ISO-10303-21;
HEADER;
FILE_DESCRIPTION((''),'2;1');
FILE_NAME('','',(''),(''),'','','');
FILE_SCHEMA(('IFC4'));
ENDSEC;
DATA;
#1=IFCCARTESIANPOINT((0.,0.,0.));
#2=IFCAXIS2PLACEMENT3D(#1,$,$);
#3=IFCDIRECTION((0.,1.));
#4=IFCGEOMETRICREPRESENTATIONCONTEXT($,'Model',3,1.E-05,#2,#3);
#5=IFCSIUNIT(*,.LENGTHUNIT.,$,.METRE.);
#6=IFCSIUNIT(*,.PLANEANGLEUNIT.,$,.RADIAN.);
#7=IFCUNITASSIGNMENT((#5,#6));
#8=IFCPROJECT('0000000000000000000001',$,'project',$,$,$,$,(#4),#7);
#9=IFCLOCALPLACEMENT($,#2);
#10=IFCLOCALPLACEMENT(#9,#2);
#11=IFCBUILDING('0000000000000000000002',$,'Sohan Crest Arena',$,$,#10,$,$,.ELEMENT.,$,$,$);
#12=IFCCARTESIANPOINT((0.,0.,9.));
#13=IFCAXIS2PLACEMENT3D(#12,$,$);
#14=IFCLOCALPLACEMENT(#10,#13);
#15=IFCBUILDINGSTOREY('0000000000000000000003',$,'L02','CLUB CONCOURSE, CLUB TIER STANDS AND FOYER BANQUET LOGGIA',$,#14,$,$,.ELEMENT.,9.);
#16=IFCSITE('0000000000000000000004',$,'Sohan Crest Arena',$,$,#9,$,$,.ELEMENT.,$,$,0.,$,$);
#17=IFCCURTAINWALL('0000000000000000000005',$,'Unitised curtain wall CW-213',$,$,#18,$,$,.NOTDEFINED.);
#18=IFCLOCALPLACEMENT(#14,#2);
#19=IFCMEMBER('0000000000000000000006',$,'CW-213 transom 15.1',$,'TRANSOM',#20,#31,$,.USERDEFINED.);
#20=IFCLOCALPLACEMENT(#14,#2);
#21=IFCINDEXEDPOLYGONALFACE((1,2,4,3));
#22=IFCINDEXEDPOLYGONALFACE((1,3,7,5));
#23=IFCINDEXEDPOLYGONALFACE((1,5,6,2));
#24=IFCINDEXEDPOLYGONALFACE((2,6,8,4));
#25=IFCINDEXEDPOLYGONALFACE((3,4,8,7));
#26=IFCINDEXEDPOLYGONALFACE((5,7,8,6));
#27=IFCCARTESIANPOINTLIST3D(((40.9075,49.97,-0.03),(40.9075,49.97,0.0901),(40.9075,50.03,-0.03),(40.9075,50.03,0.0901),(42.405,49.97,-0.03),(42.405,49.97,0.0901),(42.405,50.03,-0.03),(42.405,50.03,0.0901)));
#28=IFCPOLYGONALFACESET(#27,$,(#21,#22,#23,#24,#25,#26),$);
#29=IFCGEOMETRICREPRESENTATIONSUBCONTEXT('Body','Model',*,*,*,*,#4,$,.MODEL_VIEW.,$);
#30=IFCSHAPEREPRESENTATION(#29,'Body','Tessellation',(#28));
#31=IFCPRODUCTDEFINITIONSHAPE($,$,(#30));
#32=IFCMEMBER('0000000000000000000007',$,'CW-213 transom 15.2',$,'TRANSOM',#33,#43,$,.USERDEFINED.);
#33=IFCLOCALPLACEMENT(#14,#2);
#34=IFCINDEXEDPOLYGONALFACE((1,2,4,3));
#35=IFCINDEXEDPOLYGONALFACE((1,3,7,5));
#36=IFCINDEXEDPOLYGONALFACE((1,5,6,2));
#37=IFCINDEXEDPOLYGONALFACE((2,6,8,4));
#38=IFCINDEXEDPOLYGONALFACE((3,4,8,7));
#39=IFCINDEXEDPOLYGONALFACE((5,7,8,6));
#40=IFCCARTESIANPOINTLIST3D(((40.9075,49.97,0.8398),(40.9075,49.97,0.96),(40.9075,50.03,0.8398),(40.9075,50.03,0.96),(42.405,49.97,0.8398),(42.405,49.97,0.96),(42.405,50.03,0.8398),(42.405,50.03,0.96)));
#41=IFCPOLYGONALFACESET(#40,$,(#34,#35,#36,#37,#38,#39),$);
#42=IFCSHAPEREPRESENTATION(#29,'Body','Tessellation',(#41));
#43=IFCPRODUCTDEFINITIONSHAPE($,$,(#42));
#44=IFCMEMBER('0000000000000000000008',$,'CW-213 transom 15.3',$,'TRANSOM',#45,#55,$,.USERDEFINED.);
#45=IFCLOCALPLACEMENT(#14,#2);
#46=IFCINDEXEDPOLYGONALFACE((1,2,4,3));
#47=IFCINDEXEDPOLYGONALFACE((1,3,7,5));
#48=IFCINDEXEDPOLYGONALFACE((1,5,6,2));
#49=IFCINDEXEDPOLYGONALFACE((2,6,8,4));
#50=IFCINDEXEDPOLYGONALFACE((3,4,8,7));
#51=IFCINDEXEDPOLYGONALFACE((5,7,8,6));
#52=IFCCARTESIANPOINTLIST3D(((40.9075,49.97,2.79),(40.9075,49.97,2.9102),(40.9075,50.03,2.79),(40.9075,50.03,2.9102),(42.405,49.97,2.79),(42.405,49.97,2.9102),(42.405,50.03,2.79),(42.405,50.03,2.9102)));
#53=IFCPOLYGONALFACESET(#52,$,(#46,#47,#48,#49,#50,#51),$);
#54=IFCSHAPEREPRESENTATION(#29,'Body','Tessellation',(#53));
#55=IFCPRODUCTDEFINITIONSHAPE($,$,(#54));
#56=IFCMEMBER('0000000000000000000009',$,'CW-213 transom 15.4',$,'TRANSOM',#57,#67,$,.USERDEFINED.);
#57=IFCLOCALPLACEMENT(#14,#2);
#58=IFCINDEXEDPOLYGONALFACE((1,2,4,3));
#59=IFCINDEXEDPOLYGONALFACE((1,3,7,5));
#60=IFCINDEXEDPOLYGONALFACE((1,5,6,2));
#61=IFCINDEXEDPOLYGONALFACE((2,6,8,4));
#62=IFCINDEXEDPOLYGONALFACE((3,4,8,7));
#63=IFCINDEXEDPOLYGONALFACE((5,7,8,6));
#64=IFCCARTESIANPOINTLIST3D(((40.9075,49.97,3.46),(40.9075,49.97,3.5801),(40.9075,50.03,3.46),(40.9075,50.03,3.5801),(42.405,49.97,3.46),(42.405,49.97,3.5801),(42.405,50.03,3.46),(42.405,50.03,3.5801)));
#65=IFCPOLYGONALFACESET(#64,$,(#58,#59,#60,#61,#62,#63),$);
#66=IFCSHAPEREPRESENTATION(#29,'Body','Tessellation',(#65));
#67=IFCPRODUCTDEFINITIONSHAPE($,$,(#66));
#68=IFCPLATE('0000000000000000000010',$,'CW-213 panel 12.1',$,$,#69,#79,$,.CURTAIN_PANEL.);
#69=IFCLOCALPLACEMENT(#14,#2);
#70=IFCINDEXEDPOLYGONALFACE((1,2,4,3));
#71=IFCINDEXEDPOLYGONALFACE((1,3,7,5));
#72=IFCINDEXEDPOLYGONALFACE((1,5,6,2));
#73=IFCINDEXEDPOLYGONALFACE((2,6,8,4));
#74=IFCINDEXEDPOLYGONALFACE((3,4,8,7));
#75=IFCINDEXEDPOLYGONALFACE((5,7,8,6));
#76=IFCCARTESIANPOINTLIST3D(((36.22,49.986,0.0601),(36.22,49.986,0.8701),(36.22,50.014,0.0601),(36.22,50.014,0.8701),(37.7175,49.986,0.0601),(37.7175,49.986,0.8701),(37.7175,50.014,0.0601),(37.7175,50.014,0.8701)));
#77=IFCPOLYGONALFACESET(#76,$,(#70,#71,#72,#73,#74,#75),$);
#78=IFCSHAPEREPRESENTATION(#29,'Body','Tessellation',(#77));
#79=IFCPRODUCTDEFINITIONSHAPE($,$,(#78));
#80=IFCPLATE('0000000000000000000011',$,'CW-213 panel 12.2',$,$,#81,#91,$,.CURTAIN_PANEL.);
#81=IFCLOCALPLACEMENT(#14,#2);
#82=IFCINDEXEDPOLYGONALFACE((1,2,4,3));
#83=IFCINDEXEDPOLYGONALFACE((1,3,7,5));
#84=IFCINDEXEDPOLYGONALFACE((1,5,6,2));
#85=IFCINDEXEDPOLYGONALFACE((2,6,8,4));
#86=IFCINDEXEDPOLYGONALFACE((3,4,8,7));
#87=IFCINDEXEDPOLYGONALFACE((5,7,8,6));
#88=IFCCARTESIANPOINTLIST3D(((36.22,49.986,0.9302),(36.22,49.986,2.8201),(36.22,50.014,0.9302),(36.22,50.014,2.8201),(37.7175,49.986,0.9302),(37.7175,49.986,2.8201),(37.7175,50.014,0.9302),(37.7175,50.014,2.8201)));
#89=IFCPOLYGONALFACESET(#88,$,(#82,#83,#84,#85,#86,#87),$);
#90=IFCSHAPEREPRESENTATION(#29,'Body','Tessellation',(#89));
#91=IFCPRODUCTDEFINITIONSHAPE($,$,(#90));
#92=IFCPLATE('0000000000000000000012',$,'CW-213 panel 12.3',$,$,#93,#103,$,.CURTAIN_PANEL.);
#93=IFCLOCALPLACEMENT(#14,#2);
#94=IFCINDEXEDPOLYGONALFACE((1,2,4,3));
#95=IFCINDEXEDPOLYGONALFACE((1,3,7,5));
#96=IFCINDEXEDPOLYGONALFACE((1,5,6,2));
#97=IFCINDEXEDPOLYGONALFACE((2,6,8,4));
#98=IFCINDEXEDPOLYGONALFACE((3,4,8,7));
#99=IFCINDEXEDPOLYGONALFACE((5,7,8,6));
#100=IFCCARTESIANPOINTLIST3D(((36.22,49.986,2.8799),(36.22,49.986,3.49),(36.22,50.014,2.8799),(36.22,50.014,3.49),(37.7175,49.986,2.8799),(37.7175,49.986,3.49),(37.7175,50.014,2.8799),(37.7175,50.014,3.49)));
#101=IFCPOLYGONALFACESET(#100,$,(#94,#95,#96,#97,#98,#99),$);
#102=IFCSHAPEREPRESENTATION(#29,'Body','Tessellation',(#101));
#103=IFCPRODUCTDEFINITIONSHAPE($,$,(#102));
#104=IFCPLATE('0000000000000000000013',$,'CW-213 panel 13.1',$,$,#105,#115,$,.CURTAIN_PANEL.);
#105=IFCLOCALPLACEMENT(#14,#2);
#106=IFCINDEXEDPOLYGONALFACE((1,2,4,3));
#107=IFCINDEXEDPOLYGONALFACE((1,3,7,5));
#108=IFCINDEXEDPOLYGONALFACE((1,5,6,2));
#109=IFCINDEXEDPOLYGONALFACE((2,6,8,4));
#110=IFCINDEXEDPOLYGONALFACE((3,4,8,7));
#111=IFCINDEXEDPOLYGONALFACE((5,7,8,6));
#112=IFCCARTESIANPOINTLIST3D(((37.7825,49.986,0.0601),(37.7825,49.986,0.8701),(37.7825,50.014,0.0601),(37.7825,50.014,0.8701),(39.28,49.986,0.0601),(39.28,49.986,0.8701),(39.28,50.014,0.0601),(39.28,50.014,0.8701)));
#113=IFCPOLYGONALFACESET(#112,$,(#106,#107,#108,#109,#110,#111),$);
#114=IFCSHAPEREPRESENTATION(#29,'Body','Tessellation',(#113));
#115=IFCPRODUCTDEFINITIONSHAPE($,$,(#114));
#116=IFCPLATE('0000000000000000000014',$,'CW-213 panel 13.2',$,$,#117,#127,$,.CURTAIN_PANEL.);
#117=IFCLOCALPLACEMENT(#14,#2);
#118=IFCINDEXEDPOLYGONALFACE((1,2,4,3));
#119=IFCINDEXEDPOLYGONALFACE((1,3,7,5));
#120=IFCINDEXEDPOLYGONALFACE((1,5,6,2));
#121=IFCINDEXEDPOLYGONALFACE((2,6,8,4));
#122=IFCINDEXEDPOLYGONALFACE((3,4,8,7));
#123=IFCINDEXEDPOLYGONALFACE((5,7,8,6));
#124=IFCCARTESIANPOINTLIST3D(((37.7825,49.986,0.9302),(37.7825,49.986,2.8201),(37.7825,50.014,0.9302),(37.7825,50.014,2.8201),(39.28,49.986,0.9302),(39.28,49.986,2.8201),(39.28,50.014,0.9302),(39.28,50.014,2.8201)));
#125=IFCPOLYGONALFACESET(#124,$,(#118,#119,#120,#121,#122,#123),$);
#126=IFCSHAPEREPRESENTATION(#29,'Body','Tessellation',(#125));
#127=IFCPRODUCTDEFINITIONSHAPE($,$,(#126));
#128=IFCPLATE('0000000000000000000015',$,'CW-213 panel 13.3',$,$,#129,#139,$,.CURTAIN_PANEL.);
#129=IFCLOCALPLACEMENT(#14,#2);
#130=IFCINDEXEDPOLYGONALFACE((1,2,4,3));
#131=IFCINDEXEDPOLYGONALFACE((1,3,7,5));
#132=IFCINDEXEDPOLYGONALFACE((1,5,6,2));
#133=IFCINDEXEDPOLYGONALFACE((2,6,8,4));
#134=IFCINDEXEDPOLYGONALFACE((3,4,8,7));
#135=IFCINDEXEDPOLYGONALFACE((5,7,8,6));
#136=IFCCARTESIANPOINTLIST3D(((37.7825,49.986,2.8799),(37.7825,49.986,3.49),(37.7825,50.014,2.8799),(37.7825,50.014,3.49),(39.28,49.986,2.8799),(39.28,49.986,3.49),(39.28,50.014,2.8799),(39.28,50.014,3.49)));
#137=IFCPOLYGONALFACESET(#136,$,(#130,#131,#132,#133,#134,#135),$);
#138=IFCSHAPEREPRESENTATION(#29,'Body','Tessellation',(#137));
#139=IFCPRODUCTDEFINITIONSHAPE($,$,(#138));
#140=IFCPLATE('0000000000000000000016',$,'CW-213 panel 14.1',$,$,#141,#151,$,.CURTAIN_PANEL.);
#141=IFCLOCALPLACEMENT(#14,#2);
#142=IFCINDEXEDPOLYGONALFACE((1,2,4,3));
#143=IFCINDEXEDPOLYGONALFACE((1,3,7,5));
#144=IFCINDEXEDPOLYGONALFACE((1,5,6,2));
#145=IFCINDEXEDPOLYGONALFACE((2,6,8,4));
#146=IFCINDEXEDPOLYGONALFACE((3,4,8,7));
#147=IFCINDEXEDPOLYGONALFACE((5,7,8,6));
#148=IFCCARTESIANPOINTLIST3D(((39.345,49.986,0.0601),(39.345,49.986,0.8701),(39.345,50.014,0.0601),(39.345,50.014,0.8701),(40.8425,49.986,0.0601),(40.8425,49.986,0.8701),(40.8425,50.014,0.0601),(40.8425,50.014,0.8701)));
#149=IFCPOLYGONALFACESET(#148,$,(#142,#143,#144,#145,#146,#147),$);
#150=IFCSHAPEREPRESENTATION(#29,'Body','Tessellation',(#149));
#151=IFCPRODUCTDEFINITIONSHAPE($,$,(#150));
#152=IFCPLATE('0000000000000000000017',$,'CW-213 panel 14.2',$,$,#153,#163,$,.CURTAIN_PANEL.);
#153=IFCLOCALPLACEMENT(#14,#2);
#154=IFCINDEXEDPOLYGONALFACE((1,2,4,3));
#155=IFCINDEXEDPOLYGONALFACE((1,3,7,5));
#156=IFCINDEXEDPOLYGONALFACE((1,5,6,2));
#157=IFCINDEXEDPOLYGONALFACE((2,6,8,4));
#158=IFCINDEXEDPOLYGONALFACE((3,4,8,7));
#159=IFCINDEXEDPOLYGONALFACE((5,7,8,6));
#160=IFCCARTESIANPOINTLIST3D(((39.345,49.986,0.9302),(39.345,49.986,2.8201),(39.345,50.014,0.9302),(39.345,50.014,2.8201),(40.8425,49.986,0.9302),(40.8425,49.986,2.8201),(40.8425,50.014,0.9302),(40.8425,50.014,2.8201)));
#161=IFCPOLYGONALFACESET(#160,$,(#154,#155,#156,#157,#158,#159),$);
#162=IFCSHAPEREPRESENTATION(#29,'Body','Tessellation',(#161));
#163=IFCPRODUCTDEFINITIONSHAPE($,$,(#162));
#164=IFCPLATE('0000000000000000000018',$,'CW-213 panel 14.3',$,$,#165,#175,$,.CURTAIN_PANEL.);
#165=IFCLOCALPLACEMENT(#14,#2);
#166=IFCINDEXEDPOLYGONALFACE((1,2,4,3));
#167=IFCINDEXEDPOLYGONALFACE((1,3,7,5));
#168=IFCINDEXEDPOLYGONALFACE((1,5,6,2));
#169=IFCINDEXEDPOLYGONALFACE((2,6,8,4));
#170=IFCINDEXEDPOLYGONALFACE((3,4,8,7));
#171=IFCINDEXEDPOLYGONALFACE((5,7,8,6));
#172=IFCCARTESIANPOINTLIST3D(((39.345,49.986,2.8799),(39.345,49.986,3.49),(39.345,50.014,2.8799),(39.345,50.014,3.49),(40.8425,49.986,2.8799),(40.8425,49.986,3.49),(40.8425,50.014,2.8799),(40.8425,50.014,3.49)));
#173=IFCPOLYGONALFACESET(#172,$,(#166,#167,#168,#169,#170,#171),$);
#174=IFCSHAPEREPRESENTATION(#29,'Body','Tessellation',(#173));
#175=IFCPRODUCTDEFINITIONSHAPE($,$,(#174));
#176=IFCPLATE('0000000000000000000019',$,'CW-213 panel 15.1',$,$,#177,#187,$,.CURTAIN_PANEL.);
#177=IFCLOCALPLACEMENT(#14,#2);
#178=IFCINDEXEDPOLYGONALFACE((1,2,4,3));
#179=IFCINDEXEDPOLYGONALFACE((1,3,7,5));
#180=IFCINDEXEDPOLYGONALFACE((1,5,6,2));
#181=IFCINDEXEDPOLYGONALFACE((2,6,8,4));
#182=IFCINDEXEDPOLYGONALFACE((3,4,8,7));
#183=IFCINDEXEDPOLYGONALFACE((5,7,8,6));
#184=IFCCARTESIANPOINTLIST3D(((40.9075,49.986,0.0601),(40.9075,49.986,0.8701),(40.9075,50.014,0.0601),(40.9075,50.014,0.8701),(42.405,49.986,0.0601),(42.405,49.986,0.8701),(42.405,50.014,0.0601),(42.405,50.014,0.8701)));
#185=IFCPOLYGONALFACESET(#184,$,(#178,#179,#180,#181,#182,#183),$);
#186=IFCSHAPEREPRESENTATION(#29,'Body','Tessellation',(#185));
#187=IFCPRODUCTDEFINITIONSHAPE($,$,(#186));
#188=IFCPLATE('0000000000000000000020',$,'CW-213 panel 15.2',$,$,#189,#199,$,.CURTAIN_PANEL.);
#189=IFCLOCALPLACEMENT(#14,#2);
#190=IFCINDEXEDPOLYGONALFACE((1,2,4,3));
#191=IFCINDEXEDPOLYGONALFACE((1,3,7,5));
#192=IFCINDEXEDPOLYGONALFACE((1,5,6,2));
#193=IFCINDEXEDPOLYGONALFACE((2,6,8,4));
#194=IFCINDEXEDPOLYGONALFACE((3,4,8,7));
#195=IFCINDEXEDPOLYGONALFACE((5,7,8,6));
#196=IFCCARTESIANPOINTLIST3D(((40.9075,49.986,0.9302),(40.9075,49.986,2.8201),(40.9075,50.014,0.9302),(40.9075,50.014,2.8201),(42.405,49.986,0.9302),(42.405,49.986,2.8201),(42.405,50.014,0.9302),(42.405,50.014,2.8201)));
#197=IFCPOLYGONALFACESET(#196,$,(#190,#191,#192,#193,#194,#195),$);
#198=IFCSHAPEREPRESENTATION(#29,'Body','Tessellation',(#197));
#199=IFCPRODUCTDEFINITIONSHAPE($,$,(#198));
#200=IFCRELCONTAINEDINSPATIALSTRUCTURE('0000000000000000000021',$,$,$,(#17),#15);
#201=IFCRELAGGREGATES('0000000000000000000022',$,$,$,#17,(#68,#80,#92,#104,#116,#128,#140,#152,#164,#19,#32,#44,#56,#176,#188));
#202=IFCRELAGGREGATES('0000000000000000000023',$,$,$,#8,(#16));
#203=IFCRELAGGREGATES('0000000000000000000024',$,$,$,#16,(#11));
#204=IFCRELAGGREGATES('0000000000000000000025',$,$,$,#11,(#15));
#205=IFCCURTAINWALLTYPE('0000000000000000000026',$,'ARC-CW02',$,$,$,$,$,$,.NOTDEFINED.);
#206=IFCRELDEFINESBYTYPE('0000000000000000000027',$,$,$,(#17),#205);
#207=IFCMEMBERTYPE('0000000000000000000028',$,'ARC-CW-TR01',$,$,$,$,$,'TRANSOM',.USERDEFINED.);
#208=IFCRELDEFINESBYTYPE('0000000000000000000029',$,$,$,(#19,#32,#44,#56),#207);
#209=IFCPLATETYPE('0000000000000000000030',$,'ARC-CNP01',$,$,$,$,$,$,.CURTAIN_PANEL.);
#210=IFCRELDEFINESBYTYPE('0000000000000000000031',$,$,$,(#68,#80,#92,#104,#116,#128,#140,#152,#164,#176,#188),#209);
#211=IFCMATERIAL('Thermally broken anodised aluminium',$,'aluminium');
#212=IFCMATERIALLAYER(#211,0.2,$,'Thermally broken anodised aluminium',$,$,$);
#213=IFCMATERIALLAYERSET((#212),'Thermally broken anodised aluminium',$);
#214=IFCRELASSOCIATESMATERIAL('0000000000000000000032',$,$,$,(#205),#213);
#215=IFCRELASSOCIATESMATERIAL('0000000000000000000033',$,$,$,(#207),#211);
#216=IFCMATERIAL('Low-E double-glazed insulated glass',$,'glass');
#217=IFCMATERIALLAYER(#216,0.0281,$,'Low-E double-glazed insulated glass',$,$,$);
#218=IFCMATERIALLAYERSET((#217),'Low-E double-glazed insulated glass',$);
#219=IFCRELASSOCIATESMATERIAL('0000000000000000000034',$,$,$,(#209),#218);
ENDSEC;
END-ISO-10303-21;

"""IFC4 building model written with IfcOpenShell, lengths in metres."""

from ifc_helpers import new_model, si_unit, direction, frame, origin, origin_2d, place, context, subcontext, project, spatial, rectangle, extrude, material, layer, layer_set, material_profile, profile_set, type_object, element, aggregate, save


model = new_model("IFC4")

# Units and contexts
model_context = context("Model", 3, precision=1e-05, world=origin(), true_north=direction((0.0, 1.0)))
body_context = subcontext(model_context, "Body", "Model", "MODEL_VIEW")
ifc_project = project(units=[si_unit("LENGTHUNIT", "METRE"), si_unit("PLANEANGLEUNIT", "RADIAN")], contexts=[model_context])

# Site, building, storey
site_placement = place(None, origin())
site = spatial("IfcSite", under=ifc_project, at=site_placement, Name="Sohan Crest Arena", CompositionType="ELEMENT", RefElevation=0.0)
building_placement = place(site_placement, origin())
building = spatial("IfcBuilding", under=site, at=building_placement, Name="Sohan Crest Arena", CompositionType="ELEMENT")
storey_placement = place(building_placement, frame((0.0, 0.0, 9.0)))
storey = spatial("IfcBuildingStorey", under=building, at=storey_placement, Name="L02", Description="CLUB CONCOURSE, CLUB TIER STANDS AND FOYER BANQUET LOGGIA", CompositionType="ELEMENT", Elevation=9.0)

# Curtain wall, members, plates
ifc_material_1 = material(Name="Thermally broken anodised aluminium", Category="aluminium")
ifc_layer_1 = layer(ifc_material_1, 0.2, Name="Thermally broken anodised aluminium")
ifc_layer_set_1 = layer_set([ifc_layer_1], Name="Thermally broken anodised aluminium")
curtain_wall_type = type_object("IfcCurtainWallType", Name="ARC-CW02", PredefinedType="NOTDEFINED", material=ifc_layer_set_1)
curtain_wall_placement = place(storey_placement, origin())
curtain_wall = element("IfcCurtainWall", 1, at=curtain_wall_placement, inside=storey, type_object=curtain_wall_type, Name="Unitised curtain wall CW-213", PredefinedType="NOTDEFINED")
ifc_material_profile_1 = material_profile(ifc_material_1, rectangle(XDim=0.0601, YDim=0.1201, at=origin_2d()), Name="ALU-TRAN 60x120")
ifc_profile_set_1 = profile_set([ifc_material_profile_1], Name="Thermally broken anodised aluminium")
member_type_1 = type_object("IfcMemberType", Name="ARC-CW-TR01", ElementType="TRANSOM", PredefinedType="USERDEFINED", material=ifc_profile_set_1)
member_1_placement = place(storey_placement, frame((40.9075, 50.0, 0.03), z_axis=(1.0, 0.0, 0.0), x_axis=(0.0, 1.0, 0.0)))
member_1 = element("IfcMember", 2, at=member_1_placement, type_object=member_type_1, Name="CW-213 transom 15.1", ObjectType="TRANSOM", PredefinedType="USERDEFINED", context=body_context, shape_type="SweptSolid", body=[
    extrude(rectangle(XDim=0.0601, YDim=0.1201, at=origin_2d()), origin(), (0.0, 0.0, 1.0), 1.4976),
])
member_2_placement = place(storey_placement, frame((40.9075, 50.0, 0.8999), z_axis=(1.0, 0.0, 0.0), x_axis=(0.0, 1.0, 0.0)))
member_2 = element("IfcMember", 3, at=member_2_placement, type_object=member_type_1, Name="CW-213 transom 15.2", ObjectType="TRANSOM", PredefinedType="USERDEFINED", context=body_context, shape_type="SweptSolid", body=[
    extrude(rectangle(XDim=0.0601, YDim=0.1201, at=origin_2d()), origin(), (0.0, 0.0, 1.0), 1.4976),
])
member_3_placement = place(storey_placement, frame((40.9075, 50.0, 2.8501), z_axis=(1.0, 0.0, 0.0), x_axis=(0.0, 1.0, 0.0)))
member_3 = element("IfcMember", 4, at=member_3_placement, type_object=member_type_1, Name="CW-213 transom 15.3", ObjectType="TRANSOM", PredefinedType="USERDEFINED", context=body_context, shape_type="SweptSolid", body=[
    extrude(rectangle(XDim=0.0601, YDim=0.1201, at=origin_2d()), origin(), (0.0, 0.0, 1.0), 1.4976),
])
member_4_placement = place(storey_placement, frame((40.9075, 50.0, 3.52), z_axis=(1.0, 0.0, 0.0), x_axis=(0.0, 1.0, 0.0)))
member_4 = element("IfcMember", 5, at=member_4_placement, type_object=member_type_1, Name="CW-213 transom 15.4", ObjectType="TRANSOM", PredefinedType="USERDEFINED", context=body_context, shape_type="SweptSolid", body=[
    extrude(rectangle(XDim=0.0601, YDim=0.1201, at=origin_2d()), origin(), (0.0, 0.0, 1.0), 1.4976),
])
ifc_material_2 = material(Name="Low-E double-glazed insulated glass", Category="glass")
ifc_layer_2 = layer(ifc_material_2, 0.0281, Name="Low-E double-glazed insulated glass")
ifc_layer_set_2 = layer_set([ifc_layer_2], Name="Low-E double-glazed insulated glass")
plate_type = type_object("IfcPlateType", Name="ARC-CNP01", PredefinedType="CURTAIN_PANEL", material=ifc_layer_set_2)
plate_1_placement = place(storey_placement, frame((36.9688, 50.0, 0.0601), z_axis=(0.0, 0.0, 1.0), x_axis=(1.0, 0.0, 0.0)))
plate_1 = element("IfcPlate", 6, at=plate_1_placement, type_object=plate_type, Name="CW-213 panel 12.1", PredefinedType="CURTAIN_PANEL", context=body_context, shape_type="SweptSolid", body=[
    extrude(rectangle(XDim=1.4976, YDim=0.0281, at=origin_2d()), origin(), (0.0, 0.0, 1.0), 0.8101),
])
plate_2_placement = place(storey_placement, frame((36.9688, 50.0, 0.9302), z_axis=(0.0, 0.0, 1.0), x_axis=(1.0, 0.0, 0.0)))
plate_2 = element("IfcPlate", 7, at=plate_2_placement, type_object=plate_type, Name="CW-213 panel 12.2", PredefinedType="CURTAIN_PANEL", context=body_context, shape_type="SweptSolid", body=[
    extrude(rectangle(XDim=1.4976, YDim=0.0281, at=origin_2d()), origin(), (0.0, 0.0, 1.0), 1.8899),
])
plate_3_placement = place(storey_placement, frame((36.9688, 50.0, 2.8799), z_axis=(0.0, 0.0, 1.0), x_axis=(1.0, 0.0, 0.0)))
plate_3 = element("IfcPlate", 8, at=plate_3_placement, type_object=plate_type, Name="CW-213 panel 12.3", PredefinedType="CURTAIN_PANEL", context=body_context, shape_type="SweptSolid", body=[
    extrude(rectangle(XDim=1.4976, YDim=0.0281, at=origin_2d()), origin(), (0.0, 0.0, 1.0), 0.6101),
])
plate_4_placement = place(storey_placement, frame((38.5312, 50.0, 0.0601), z_axis=(0.0, 0.0, 1.0), x_axis=(1.0, 0.0, 0.0)))
plate_4 = element("IfcPlate", 9, at=plate_4_placement, type_object=plate_type, Name="CW-213 panel 13.1", PredefinedType="CURTAIN_PANEL", context=body_context, shape_type="SweptSolid", body=[
    extrude(rectangle(XDim=1.4976, YDim=0.0281, at=origin_2d()), origin(), (0.0, 0.0, 1.0), 0.8101),
])
plate_5_placement = place(storey_placement, frame((38.5312, 50.0, 0.9302), z_axis=(0.0, 0.0, 1.0), x_axis=(1.0, 0.0, 0.0)))
plate_5 = element("IfcPlate", 10, at=plate_5_placement, type_object=plate_type, Name="CW-213 panel 13.2", PredefinedType="CURTAIN_PANEL", context=body_context, shape_type="SweptSolid", body=[
    extrude(rectangle(XDim=1.4976, YDim=0.0281, at=origin_2d()), origin(), (0.0, 0.0, 1.0), 1.8899),
])
plate_6_placement = place(storey_placement, frame((38.5312, 50.0, 2.8799), z_axis=(0.0, 0.0, 1.0), x_axis=(1.0, 0.0, 0.0)))
plate_6 = element("IfcPlate", 11, at=plate_6_placement, type_object=plate_type, Name="CW-213 panel 13.3", PredefinedType="CURTAIN_PANEL", context=body_context, shape_type="SweptSolid", body=[
    extrude(rectangle(XDim=1.4976, YDim=0.0281, at=origin_2d()), origin(), (0.0, 0.0, 1.0), 0.6101),
])
plate_7_placement = place(storey_placement, frame((40.0938, 50.0, 0.0601), z_axis=(0.0, 0.0, 1.0), x_axis=(1.0, 0.0, 0.0)))
plate_7 = element("IfcPlate", 12, at=plate_7_placement, type_object=plate_type, Name="CW-213 panel 14.1", PredefinedType="CURTAIN_PANEL", context=body_context, shape_type="SweptSolid", body=[
    extrude(rectangle(XDim=1.4976, YDim=0.0281, at=origin_2d()), origin(), (0.0, 0.0, 1.0), 0.8101),
])
plate_8_placement = place(storey_placement, frame((40.0938, 50.0, 0.9302), z_axis=(0.0, 0.0, 1.0), x_axis=(1.0, 0.0, 0.0)))
plate_8 = element("IfcPlate", 13, at=plate_8_placement, type_object=plate_type, Name="CW-213 panel 14.2", PredefinedType="CURTAIN_PANEL", context=body_context, shape_type="SweptSolid", body=[
    extrude(rectangle(XDim=1.4976, YDim=0.0281, at=origin_2d()), origin(), (0.0, 0.0, 1.0), 1.8899),
])
plate_9_placement = place(storey_placement, frame((40.0938, 50.0, 2.8799), z_axis=(0.0, 0.0, 1.0), x_axis=(1.0, 0.0, 0.0)))
plate_9 = element("IfcPlate", 14, at=plate_9_placement, type_object=plate_type, Name="CW-213 panel 14.3", PredefinedType="CURTAIN_PANEL", context=body_context, shape_type="SweptSolid", body=[
    extrude(rectangle(XDim=1.4976, YDim=0.0281, at=origin_2d()), origin(), (0.0, 0.0, 1.0), 0.6101),
])
plate_10_placement = place(storey_placement, frame((41.6562, 50.0, 0.0601), z_axis=(0.0, 0.0, 1.0), x_axis=(1.0, 0.0, 0.0)))
plate_10 = element("IfcPlate", 15, at=plate_10_placement, type_object=plate_type, Name="CW-213 panel 15.1", PredefinedType="CURTAIN_PANEL", context=body_context, shape_type="SweptSolid", body=[
    extrude(rectangle(XDim=1.4976, YDim=0.0281, at=origin_2d()), origin(), (0.0, 0.0, 1.0), 0.8101),
])
plate_11_placement = place(storey_placement, frame((41.6562, 50.0, 0.9302), z_axis=(0.0, 0.0, 1.0), x_axis=(1.0, 0.0, 0.0)))
plate_11 = element("IfcPlate", 16, at=plate_11_placement, type_object=plate_type, Name="CW-213 panel 15.2", PredefinedType="CURTAIN_PANEL", context=body_context, shape_type="SweptSolid", body=[
    extrude(rectangle(XDim=1.4976, YDim=0.0281, at=origin_2d()), origin(), (0.0, 0.0, 1.0), 1.8899),
])
aggregate(curtain_wall, [plate_1, plate_2, plate_3, plate_4, plate_5, plate_6, plate_7, plate_8, plate_9, member_1, member_2, member_3, member_4, plate_10, plate_11])

save(model, "model.ifc")
